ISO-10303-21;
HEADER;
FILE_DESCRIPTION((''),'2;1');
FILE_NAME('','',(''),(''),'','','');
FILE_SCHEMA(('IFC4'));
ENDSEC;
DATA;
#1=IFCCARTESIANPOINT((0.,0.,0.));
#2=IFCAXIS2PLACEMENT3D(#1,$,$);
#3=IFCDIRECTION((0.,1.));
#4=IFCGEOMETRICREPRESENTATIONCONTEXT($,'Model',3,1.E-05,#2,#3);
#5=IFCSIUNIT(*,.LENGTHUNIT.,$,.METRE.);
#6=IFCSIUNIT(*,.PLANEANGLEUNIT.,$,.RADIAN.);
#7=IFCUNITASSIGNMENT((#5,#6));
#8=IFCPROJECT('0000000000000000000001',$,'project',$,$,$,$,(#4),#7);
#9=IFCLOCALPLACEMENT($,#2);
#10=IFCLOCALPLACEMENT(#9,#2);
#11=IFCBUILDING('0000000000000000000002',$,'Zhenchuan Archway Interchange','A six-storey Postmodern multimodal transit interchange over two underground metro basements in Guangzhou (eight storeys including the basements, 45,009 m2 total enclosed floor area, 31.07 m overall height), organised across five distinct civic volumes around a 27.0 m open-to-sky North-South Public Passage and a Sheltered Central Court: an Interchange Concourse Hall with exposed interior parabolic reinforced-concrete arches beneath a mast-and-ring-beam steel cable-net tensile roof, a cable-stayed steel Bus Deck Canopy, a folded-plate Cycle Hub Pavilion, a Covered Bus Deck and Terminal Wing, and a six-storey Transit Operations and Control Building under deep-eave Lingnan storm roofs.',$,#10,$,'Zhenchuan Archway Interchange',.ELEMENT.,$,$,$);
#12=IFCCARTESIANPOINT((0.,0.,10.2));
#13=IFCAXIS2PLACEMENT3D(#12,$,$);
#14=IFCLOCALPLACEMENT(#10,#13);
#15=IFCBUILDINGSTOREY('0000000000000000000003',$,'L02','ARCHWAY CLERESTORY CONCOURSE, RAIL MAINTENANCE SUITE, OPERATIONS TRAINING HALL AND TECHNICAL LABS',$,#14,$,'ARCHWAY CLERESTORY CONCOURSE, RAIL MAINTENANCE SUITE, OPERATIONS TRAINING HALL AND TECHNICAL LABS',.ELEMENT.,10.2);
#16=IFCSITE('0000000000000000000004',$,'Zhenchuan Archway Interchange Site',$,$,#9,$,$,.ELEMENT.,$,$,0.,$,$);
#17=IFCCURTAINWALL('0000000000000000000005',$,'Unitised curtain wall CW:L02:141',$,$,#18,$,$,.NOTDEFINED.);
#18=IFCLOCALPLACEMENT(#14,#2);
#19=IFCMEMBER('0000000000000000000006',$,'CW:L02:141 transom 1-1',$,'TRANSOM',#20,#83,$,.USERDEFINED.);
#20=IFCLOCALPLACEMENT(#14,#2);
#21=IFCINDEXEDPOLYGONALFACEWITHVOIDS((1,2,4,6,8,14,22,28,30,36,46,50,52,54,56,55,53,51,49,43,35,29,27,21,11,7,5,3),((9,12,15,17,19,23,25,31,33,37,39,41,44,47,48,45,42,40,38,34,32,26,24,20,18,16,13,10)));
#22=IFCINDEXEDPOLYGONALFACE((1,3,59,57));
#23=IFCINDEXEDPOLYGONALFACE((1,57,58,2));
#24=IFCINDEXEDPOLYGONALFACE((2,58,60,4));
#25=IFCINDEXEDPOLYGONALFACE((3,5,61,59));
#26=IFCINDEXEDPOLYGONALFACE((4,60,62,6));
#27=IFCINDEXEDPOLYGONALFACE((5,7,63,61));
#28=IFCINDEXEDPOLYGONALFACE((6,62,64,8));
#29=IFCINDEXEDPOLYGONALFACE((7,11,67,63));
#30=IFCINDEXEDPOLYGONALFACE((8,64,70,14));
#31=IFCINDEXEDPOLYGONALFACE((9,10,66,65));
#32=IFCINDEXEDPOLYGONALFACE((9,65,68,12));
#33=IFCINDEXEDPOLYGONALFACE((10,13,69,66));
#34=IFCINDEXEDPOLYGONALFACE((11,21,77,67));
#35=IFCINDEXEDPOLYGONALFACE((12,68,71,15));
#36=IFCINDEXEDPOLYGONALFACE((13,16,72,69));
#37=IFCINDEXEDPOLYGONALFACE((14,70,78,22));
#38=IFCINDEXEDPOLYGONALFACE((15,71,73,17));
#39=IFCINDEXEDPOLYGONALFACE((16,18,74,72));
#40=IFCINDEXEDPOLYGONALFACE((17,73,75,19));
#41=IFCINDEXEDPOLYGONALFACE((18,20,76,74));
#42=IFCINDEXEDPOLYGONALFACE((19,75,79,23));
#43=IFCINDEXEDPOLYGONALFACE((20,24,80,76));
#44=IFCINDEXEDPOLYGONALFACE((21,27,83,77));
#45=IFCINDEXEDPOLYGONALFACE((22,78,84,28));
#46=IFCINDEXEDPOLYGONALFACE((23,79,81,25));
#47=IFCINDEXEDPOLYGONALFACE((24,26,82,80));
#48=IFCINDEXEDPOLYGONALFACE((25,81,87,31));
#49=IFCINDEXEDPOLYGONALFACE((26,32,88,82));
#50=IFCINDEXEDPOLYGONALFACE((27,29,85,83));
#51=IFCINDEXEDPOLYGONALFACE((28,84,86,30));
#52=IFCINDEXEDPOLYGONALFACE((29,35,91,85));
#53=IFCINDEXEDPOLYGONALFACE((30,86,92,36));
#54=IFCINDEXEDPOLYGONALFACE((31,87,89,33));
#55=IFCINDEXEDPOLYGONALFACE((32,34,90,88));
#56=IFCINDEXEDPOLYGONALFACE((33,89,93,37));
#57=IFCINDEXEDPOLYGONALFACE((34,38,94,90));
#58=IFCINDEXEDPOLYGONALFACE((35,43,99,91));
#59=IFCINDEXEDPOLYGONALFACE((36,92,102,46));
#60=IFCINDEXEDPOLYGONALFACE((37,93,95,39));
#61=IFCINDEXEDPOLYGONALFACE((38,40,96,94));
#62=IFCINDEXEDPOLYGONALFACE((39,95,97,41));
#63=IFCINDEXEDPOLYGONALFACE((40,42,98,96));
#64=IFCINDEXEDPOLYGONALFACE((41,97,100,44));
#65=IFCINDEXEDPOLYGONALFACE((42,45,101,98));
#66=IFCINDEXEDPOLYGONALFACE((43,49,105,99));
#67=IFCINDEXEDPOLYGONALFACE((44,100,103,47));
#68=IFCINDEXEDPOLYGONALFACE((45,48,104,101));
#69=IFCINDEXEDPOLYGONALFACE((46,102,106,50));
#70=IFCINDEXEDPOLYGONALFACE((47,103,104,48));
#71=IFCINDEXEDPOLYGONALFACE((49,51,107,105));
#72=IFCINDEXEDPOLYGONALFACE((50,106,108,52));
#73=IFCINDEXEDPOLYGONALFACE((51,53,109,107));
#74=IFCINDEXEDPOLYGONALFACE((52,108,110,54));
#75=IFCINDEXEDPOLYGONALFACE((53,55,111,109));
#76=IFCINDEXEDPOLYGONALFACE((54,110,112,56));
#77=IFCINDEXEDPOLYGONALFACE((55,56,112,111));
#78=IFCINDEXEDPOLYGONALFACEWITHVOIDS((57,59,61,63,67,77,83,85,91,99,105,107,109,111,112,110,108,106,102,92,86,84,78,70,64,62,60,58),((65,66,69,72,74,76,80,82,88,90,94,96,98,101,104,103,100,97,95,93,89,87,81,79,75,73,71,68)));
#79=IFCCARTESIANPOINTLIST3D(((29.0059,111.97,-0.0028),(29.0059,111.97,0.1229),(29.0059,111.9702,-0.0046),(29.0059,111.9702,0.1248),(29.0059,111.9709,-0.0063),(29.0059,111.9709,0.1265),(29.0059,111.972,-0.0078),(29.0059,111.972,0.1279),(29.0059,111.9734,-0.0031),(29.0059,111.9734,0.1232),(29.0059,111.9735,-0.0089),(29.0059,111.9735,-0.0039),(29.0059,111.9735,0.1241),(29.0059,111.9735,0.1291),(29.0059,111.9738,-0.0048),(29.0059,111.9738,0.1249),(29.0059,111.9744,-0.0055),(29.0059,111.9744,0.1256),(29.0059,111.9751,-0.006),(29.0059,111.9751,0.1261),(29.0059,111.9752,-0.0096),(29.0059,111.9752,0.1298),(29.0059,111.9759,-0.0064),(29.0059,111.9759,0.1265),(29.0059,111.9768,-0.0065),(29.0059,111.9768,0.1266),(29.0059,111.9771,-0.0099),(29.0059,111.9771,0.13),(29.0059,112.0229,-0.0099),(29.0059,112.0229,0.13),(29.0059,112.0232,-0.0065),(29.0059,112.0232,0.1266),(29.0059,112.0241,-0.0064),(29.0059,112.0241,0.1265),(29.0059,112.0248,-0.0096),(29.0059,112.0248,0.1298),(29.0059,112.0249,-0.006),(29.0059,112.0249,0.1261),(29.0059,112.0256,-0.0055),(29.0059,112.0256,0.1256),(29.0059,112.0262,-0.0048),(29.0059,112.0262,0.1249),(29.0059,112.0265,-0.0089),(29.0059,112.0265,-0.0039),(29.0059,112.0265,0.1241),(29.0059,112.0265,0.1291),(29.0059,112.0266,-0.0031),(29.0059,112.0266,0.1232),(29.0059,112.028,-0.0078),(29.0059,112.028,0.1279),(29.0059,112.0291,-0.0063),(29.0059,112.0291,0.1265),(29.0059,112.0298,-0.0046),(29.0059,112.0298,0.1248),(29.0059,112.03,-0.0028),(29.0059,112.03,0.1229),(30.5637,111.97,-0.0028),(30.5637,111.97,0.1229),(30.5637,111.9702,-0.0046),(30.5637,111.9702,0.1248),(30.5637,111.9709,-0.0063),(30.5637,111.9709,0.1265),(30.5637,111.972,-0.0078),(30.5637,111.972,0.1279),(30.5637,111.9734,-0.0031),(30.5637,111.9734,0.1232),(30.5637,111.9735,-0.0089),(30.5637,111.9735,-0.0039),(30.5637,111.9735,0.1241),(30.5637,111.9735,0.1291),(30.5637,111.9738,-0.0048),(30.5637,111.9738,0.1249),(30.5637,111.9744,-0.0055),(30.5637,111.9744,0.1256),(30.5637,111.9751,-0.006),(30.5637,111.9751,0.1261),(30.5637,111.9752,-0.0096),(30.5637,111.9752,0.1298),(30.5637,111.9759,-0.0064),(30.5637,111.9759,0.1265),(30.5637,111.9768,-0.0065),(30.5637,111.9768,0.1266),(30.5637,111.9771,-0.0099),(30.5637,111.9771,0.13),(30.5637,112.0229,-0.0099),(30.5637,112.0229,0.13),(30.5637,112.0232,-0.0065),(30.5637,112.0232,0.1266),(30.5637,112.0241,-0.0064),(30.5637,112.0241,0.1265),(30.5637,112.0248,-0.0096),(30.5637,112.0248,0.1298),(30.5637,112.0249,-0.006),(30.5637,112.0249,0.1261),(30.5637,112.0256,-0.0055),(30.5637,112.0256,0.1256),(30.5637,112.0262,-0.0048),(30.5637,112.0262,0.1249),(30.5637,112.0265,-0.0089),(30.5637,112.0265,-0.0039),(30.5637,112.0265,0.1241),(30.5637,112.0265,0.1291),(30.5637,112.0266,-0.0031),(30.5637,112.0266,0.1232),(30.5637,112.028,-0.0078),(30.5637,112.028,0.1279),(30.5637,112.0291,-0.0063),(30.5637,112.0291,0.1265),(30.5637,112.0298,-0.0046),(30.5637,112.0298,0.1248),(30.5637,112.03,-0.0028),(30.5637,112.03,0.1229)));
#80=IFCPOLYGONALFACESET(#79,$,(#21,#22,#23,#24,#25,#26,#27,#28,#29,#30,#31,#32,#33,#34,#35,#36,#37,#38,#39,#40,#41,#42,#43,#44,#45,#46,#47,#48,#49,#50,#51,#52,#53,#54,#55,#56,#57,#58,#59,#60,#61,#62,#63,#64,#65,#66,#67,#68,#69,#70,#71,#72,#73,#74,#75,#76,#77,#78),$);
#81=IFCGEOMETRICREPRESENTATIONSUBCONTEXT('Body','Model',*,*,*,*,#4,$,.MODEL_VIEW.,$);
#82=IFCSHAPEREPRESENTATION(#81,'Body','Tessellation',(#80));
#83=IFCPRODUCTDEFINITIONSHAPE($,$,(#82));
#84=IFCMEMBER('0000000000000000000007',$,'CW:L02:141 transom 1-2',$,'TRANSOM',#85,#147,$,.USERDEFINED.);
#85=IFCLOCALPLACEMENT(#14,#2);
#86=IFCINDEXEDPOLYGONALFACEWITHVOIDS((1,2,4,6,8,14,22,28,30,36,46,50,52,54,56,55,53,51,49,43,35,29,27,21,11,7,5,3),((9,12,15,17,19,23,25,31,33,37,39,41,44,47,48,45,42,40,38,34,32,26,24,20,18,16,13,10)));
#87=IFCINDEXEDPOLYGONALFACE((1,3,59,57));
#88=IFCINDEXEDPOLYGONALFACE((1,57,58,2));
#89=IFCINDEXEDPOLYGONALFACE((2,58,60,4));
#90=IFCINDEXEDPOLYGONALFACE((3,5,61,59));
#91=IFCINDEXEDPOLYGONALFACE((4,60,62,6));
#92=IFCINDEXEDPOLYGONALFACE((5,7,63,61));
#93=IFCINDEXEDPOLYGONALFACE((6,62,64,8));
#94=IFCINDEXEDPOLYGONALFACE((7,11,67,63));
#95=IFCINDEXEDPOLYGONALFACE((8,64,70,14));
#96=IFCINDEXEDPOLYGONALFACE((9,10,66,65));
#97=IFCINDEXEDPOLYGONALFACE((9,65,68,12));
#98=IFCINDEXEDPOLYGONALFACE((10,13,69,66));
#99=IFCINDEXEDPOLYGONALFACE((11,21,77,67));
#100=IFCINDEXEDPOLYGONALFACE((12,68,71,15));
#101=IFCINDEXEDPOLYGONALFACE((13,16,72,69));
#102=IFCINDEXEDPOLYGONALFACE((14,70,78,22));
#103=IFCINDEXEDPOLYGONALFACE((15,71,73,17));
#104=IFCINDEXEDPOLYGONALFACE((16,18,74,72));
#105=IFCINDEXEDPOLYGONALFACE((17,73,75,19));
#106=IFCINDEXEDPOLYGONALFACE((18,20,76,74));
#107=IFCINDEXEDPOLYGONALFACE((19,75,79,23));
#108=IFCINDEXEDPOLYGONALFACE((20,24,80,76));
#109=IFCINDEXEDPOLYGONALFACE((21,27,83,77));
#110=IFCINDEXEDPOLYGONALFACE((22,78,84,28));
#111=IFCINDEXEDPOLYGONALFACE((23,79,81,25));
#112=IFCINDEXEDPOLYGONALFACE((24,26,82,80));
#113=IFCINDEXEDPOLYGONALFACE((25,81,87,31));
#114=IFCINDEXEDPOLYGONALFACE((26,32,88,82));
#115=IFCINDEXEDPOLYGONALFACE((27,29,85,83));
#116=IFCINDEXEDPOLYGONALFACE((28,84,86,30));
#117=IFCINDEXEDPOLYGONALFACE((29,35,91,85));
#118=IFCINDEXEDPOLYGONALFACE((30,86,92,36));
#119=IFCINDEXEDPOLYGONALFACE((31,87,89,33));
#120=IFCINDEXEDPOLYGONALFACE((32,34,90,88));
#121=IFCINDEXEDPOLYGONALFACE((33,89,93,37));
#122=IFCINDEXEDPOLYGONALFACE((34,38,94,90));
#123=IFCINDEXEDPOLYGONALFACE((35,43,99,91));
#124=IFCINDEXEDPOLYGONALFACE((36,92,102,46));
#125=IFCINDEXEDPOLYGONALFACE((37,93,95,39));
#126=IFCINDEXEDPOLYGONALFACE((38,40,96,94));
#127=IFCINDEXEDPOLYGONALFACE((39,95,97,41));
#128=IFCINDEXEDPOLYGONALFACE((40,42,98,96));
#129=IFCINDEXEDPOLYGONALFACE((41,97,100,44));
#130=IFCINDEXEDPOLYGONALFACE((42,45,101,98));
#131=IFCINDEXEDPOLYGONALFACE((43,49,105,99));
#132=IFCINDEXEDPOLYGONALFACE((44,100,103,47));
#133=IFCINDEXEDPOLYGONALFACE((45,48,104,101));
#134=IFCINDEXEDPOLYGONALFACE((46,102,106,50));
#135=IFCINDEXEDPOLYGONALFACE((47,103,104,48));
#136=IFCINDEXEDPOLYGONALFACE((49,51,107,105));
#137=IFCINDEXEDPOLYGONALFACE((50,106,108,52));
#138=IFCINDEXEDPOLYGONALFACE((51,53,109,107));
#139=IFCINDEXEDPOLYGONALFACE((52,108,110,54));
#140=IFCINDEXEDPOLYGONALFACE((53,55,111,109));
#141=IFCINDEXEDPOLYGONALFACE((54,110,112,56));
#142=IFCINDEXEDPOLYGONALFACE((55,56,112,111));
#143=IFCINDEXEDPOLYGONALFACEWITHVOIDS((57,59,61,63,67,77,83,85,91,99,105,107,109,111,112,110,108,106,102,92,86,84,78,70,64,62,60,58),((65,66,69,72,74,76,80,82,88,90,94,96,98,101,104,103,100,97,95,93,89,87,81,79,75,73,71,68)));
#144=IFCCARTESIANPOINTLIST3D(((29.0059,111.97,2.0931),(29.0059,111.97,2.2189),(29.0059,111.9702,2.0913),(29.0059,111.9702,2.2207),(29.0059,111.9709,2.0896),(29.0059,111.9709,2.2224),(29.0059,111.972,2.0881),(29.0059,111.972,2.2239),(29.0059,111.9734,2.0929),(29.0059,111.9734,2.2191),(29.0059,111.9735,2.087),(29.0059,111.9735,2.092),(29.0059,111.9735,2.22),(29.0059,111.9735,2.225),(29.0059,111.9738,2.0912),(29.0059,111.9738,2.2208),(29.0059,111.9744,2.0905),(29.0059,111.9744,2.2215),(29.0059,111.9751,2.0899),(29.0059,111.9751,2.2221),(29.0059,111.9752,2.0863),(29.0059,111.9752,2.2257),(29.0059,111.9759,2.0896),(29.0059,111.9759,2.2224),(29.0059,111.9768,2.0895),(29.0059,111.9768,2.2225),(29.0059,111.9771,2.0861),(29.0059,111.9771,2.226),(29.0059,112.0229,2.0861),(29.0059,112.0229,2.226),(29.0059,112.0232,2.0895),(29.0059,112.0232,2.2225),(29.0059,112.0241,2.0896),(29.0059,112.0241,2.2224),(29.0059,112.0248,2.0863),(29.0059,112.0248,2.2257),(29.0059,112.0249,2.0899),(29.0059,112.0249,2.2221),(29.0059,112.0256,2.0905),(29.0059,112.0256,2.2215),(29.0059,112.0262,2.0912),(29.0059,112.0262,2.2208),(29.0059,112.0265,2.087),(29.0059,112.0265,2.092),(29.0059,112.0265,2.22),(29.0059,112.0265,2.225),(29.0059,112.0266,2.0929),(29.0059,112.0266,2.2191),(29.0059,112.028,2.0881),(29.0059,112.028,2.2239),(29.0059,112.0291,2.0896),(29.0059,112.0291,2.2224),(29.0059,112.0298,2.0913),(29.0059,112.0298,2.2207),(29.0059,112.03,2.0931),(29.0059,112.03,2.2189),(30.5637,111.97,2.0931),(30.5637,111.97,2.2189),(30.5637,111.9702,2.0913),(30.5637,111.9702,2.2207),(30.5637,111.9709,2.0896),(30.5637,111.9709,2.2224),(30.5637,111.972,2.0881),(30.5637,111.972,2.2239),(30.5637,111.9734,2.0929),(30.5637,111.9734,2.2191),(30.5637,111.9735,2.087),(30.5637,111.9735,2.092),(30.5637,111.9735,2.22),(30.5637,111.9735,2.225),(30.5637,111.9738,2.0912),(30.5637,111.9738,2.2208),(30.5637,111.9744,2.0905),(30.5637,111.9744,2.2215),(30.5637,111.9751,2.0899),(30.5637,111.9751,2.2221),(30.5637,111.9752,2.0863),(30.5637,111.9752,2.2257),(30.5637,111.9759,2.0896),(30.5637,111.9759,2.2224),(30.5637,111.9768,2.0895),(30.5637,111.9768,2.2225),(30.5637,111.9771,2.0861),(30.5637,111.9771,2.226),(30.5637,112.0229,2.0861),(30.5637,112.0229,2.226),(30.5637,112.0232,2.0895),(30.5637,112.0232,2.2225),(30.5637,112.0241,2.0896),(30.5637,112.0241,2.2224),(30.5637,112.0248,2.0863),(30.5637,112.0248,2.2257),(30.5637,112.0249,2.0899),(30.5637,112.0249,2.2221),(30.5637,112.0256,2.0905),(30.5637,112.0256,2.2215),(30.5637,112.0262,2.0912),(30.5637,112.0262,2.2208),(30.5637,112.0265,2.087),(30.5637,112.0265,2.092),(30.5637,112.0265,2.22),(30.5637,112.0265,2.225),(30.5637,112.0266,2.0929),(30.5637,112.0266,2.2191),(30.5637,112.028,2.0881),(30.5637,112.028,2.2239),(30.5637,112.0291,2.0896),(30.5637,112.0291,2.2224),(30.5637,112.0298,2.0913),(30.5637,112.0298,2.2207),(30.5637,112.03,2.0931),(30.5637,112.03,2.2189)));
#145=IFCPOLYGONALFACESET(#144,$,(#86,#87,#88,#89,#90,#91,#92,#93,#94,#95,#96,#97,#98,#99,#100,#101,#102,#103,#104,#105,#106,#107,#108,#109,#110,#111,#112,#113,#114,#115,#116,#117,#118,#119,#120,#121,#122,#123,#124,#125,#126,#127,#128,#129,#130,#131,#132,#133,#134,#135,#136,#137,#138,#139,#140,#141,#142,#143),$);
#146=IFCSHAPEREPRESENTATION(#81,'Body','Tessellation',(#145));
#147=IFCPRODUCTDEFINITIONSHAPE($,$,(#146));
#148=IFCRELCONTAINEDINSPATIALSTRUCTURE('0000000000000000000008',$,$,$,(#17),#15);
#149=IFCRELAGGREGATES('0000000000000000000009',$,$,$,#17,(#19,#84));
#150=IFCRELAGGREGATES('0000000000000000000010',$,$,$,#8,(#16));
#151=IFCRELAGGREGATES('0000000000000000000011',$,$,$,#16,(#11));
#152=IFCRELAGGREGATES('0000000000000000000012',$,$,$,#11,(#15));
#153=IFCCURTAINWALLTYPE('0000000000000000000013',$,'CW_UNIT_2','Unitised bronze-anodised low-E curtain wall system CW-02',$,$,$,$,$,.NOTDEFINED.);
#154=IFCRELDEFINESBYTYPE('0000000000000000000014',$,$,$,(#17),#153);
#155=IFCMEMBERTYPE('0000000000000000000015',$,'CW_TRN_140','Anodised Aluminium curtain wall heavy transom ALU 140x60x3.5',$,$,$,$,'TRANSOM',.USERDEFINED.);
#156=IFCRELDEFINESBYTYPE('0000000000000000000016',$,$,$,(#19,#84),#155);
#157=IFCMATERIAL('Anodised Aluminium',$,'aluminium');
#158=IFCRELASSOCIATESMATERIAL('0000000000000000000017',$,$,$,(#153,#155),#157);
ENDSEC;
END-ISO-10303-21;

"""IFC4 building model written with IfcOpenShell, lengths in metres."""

from ifc_helpers import new_model, si_unit, direction, frame, origin, origin_2d, place, context, subcontext, project, spatial, hollow_rectangle, extrude, material, material_profile, profile_set, type_object, element, aggregate, save


model = new_model("IFC4")

# Units and contexts
model_context = context("Model", 3, precision=1e-05, world=origin(), true_north=direction((0.0, 1.0)))
body_context = subcontext(model_context, "Body", "Model", "MODEL_VIEW")
ifc_project = project(units=[si_unit("LENGTHUNIT", "METRE"), si_unit("PLANEANGLEUNIT", "RADIAN")], contexts=[model_context])

# Site, building, storey
site_placement = place(None, origin())
site = spatial("IfcSite", under=ifc_project, at=site_placement, Name="Zhenchuan Archway Interchange Site", CompositionType="ELEMENT", RefElevation=0.0)
building_placement = place(site_placement, origin())
building = spatial("IfcBuilding", under=site, at=building_placement, Name="Zhenchuan Archway Interchange", Description="A six-storey Postmodern multimodal transit interchange over two underground metro basements in Guangzhou (eight storeys including the basements, 45,009 m2 total enclosed floor area, 31.07 m overall height), organised across five distinct civic volumes around a 27.0 m open-to-sky North-South Public Passage and a Sheltered Central Court: an Interchange Concourse Hall with exposed interior parabolic reinforced-concrete arches beneath a mast-and-ring-beam steel cable-net tensile roof, a cable-stayed steel Bus Deck Canopy, a folded-plate Cycle Hub Pavilion, a Covered Bus Deck and Terminal Wing, and a six-storey Transit Operations and Control Building under deep-eave Lingnan storm roofs.", LongName="Zhenchuan Archway Interchange", CompositionType="ELEMENT")
storey_placement = place(building_placement, frame((0.0, 0.0, 10.2)))
storey = spatial("IfcBuildingStorey", under=building, at=storey_placement, Name="L02", Description="ARCHWAY CLERESTORY CONCOURSE, RAIL MAINTENANCE SUITE, OPERATIONS TRAINING HALL AND TECHNICAL LABS", LongName="ARCHWAY CLERESTORY CONCOURSE, RAIL MAINTENANCE SUITE, OPERATIONS TRAINING HALL AND TECHNICAL LABS", CompositionType="ELEMENT", Elevation=10.2)

# Curtain wall
ifc_material_1 = material(Name="Anodised Aluminium", Category="aluminium")
curtain_wall_type_1 = type_object("IfcCurtainWallType", Name="CW_UNIT_2", Description="Unitised bronze-anodised low-E curtain wall system CW-02", PredefinedType="NOTDEFINED", material=ifc_material_1)
curtain_wall_1_placement = place(storey_placement, origin())
curtain_wall_1 = element("IfcCurtainWall", 1, at=curtain_wall_1_placement, inside=storey, type_object=curtain_wall_type_1, Name="Unitised curtain wall CW:L02:141", PredefinedType="NOTDEFINED")

# Members
ifc_material_profile_1 = material_profile(ifc_material_1, hollow_rectangle(XDim=0.0601, YDim=0.1399, WallThickness=0.0034, InnerFilletRadius=0.0034, OuterFilletRadius=0.0071, at=origin_2d()), Name="ALU 140x60x3.5")
ifc_profile_set_1 = profile_set([ifc_material_profile_1], Name="Anodised Aluminium")
member_type_1 = type_object("IfcMemberType", Name="CW_TRN_140", Description="Anodised Aluminium curtain wall heavy transom ALU 140x60x3.5", ElementType="TRANSOM", PredefinedType="USERDEFINED", material=ifc_profile_set_1)
member_1_placement = place(storey_placement, frame((29.0059, 112.0, 0.0601), z_axis=(1.0, 0.0, 0.0), x_axis=(0.0, 1.0, 0.0)))
member_1 = element("IfcMember", 2, at=member_1_placement, type_object=member_type_1, Name="CW:L02:141 transom 1-1", ObjectType="TRANSOM", PredefinedType="USERDEFINED", context=body_context, shape_type="SweptSolid", body=[
    extrude(hollow_rectangle(XDim=0.0601, YDim=0.1399, WallThickness=0.0034, InnerFilletRadius=0.0034, OuterFilletRadius=0.0071, at=origin_2d()), origin(), (0.0, 0.0, 1.0), 1.5579),
])
member_2_placement = place(storey_placement, frame((29.0059, 112.0, 2.156), z_axis=(1.0, 0.0, 0.0), x_axis=(0.0, 1.0, 0.0)))
member_2 = element("IfcMember", 3, at=member_2_placement, type_object=member_type_1, Name="CW:L02:141 transom 1-2", ObjectType="TRANSOM", PredefinedType="USERDEFINED", context=body_context, shape_type="SweptSolid", body=[
    extrude(hollow_rectangle(XDim=0.0601, YDim=0.1399, WallThickness=0.0034, InnerFilletRadius=0.0034, OuterFilletRadius=0.0071, at=origin_2d()), origin(), (0.0, 0.0, 1.0), 1.5579),
])

aggregate(curtain_wall_1, [member_1, member_2])

save(model, "model.ifc")
